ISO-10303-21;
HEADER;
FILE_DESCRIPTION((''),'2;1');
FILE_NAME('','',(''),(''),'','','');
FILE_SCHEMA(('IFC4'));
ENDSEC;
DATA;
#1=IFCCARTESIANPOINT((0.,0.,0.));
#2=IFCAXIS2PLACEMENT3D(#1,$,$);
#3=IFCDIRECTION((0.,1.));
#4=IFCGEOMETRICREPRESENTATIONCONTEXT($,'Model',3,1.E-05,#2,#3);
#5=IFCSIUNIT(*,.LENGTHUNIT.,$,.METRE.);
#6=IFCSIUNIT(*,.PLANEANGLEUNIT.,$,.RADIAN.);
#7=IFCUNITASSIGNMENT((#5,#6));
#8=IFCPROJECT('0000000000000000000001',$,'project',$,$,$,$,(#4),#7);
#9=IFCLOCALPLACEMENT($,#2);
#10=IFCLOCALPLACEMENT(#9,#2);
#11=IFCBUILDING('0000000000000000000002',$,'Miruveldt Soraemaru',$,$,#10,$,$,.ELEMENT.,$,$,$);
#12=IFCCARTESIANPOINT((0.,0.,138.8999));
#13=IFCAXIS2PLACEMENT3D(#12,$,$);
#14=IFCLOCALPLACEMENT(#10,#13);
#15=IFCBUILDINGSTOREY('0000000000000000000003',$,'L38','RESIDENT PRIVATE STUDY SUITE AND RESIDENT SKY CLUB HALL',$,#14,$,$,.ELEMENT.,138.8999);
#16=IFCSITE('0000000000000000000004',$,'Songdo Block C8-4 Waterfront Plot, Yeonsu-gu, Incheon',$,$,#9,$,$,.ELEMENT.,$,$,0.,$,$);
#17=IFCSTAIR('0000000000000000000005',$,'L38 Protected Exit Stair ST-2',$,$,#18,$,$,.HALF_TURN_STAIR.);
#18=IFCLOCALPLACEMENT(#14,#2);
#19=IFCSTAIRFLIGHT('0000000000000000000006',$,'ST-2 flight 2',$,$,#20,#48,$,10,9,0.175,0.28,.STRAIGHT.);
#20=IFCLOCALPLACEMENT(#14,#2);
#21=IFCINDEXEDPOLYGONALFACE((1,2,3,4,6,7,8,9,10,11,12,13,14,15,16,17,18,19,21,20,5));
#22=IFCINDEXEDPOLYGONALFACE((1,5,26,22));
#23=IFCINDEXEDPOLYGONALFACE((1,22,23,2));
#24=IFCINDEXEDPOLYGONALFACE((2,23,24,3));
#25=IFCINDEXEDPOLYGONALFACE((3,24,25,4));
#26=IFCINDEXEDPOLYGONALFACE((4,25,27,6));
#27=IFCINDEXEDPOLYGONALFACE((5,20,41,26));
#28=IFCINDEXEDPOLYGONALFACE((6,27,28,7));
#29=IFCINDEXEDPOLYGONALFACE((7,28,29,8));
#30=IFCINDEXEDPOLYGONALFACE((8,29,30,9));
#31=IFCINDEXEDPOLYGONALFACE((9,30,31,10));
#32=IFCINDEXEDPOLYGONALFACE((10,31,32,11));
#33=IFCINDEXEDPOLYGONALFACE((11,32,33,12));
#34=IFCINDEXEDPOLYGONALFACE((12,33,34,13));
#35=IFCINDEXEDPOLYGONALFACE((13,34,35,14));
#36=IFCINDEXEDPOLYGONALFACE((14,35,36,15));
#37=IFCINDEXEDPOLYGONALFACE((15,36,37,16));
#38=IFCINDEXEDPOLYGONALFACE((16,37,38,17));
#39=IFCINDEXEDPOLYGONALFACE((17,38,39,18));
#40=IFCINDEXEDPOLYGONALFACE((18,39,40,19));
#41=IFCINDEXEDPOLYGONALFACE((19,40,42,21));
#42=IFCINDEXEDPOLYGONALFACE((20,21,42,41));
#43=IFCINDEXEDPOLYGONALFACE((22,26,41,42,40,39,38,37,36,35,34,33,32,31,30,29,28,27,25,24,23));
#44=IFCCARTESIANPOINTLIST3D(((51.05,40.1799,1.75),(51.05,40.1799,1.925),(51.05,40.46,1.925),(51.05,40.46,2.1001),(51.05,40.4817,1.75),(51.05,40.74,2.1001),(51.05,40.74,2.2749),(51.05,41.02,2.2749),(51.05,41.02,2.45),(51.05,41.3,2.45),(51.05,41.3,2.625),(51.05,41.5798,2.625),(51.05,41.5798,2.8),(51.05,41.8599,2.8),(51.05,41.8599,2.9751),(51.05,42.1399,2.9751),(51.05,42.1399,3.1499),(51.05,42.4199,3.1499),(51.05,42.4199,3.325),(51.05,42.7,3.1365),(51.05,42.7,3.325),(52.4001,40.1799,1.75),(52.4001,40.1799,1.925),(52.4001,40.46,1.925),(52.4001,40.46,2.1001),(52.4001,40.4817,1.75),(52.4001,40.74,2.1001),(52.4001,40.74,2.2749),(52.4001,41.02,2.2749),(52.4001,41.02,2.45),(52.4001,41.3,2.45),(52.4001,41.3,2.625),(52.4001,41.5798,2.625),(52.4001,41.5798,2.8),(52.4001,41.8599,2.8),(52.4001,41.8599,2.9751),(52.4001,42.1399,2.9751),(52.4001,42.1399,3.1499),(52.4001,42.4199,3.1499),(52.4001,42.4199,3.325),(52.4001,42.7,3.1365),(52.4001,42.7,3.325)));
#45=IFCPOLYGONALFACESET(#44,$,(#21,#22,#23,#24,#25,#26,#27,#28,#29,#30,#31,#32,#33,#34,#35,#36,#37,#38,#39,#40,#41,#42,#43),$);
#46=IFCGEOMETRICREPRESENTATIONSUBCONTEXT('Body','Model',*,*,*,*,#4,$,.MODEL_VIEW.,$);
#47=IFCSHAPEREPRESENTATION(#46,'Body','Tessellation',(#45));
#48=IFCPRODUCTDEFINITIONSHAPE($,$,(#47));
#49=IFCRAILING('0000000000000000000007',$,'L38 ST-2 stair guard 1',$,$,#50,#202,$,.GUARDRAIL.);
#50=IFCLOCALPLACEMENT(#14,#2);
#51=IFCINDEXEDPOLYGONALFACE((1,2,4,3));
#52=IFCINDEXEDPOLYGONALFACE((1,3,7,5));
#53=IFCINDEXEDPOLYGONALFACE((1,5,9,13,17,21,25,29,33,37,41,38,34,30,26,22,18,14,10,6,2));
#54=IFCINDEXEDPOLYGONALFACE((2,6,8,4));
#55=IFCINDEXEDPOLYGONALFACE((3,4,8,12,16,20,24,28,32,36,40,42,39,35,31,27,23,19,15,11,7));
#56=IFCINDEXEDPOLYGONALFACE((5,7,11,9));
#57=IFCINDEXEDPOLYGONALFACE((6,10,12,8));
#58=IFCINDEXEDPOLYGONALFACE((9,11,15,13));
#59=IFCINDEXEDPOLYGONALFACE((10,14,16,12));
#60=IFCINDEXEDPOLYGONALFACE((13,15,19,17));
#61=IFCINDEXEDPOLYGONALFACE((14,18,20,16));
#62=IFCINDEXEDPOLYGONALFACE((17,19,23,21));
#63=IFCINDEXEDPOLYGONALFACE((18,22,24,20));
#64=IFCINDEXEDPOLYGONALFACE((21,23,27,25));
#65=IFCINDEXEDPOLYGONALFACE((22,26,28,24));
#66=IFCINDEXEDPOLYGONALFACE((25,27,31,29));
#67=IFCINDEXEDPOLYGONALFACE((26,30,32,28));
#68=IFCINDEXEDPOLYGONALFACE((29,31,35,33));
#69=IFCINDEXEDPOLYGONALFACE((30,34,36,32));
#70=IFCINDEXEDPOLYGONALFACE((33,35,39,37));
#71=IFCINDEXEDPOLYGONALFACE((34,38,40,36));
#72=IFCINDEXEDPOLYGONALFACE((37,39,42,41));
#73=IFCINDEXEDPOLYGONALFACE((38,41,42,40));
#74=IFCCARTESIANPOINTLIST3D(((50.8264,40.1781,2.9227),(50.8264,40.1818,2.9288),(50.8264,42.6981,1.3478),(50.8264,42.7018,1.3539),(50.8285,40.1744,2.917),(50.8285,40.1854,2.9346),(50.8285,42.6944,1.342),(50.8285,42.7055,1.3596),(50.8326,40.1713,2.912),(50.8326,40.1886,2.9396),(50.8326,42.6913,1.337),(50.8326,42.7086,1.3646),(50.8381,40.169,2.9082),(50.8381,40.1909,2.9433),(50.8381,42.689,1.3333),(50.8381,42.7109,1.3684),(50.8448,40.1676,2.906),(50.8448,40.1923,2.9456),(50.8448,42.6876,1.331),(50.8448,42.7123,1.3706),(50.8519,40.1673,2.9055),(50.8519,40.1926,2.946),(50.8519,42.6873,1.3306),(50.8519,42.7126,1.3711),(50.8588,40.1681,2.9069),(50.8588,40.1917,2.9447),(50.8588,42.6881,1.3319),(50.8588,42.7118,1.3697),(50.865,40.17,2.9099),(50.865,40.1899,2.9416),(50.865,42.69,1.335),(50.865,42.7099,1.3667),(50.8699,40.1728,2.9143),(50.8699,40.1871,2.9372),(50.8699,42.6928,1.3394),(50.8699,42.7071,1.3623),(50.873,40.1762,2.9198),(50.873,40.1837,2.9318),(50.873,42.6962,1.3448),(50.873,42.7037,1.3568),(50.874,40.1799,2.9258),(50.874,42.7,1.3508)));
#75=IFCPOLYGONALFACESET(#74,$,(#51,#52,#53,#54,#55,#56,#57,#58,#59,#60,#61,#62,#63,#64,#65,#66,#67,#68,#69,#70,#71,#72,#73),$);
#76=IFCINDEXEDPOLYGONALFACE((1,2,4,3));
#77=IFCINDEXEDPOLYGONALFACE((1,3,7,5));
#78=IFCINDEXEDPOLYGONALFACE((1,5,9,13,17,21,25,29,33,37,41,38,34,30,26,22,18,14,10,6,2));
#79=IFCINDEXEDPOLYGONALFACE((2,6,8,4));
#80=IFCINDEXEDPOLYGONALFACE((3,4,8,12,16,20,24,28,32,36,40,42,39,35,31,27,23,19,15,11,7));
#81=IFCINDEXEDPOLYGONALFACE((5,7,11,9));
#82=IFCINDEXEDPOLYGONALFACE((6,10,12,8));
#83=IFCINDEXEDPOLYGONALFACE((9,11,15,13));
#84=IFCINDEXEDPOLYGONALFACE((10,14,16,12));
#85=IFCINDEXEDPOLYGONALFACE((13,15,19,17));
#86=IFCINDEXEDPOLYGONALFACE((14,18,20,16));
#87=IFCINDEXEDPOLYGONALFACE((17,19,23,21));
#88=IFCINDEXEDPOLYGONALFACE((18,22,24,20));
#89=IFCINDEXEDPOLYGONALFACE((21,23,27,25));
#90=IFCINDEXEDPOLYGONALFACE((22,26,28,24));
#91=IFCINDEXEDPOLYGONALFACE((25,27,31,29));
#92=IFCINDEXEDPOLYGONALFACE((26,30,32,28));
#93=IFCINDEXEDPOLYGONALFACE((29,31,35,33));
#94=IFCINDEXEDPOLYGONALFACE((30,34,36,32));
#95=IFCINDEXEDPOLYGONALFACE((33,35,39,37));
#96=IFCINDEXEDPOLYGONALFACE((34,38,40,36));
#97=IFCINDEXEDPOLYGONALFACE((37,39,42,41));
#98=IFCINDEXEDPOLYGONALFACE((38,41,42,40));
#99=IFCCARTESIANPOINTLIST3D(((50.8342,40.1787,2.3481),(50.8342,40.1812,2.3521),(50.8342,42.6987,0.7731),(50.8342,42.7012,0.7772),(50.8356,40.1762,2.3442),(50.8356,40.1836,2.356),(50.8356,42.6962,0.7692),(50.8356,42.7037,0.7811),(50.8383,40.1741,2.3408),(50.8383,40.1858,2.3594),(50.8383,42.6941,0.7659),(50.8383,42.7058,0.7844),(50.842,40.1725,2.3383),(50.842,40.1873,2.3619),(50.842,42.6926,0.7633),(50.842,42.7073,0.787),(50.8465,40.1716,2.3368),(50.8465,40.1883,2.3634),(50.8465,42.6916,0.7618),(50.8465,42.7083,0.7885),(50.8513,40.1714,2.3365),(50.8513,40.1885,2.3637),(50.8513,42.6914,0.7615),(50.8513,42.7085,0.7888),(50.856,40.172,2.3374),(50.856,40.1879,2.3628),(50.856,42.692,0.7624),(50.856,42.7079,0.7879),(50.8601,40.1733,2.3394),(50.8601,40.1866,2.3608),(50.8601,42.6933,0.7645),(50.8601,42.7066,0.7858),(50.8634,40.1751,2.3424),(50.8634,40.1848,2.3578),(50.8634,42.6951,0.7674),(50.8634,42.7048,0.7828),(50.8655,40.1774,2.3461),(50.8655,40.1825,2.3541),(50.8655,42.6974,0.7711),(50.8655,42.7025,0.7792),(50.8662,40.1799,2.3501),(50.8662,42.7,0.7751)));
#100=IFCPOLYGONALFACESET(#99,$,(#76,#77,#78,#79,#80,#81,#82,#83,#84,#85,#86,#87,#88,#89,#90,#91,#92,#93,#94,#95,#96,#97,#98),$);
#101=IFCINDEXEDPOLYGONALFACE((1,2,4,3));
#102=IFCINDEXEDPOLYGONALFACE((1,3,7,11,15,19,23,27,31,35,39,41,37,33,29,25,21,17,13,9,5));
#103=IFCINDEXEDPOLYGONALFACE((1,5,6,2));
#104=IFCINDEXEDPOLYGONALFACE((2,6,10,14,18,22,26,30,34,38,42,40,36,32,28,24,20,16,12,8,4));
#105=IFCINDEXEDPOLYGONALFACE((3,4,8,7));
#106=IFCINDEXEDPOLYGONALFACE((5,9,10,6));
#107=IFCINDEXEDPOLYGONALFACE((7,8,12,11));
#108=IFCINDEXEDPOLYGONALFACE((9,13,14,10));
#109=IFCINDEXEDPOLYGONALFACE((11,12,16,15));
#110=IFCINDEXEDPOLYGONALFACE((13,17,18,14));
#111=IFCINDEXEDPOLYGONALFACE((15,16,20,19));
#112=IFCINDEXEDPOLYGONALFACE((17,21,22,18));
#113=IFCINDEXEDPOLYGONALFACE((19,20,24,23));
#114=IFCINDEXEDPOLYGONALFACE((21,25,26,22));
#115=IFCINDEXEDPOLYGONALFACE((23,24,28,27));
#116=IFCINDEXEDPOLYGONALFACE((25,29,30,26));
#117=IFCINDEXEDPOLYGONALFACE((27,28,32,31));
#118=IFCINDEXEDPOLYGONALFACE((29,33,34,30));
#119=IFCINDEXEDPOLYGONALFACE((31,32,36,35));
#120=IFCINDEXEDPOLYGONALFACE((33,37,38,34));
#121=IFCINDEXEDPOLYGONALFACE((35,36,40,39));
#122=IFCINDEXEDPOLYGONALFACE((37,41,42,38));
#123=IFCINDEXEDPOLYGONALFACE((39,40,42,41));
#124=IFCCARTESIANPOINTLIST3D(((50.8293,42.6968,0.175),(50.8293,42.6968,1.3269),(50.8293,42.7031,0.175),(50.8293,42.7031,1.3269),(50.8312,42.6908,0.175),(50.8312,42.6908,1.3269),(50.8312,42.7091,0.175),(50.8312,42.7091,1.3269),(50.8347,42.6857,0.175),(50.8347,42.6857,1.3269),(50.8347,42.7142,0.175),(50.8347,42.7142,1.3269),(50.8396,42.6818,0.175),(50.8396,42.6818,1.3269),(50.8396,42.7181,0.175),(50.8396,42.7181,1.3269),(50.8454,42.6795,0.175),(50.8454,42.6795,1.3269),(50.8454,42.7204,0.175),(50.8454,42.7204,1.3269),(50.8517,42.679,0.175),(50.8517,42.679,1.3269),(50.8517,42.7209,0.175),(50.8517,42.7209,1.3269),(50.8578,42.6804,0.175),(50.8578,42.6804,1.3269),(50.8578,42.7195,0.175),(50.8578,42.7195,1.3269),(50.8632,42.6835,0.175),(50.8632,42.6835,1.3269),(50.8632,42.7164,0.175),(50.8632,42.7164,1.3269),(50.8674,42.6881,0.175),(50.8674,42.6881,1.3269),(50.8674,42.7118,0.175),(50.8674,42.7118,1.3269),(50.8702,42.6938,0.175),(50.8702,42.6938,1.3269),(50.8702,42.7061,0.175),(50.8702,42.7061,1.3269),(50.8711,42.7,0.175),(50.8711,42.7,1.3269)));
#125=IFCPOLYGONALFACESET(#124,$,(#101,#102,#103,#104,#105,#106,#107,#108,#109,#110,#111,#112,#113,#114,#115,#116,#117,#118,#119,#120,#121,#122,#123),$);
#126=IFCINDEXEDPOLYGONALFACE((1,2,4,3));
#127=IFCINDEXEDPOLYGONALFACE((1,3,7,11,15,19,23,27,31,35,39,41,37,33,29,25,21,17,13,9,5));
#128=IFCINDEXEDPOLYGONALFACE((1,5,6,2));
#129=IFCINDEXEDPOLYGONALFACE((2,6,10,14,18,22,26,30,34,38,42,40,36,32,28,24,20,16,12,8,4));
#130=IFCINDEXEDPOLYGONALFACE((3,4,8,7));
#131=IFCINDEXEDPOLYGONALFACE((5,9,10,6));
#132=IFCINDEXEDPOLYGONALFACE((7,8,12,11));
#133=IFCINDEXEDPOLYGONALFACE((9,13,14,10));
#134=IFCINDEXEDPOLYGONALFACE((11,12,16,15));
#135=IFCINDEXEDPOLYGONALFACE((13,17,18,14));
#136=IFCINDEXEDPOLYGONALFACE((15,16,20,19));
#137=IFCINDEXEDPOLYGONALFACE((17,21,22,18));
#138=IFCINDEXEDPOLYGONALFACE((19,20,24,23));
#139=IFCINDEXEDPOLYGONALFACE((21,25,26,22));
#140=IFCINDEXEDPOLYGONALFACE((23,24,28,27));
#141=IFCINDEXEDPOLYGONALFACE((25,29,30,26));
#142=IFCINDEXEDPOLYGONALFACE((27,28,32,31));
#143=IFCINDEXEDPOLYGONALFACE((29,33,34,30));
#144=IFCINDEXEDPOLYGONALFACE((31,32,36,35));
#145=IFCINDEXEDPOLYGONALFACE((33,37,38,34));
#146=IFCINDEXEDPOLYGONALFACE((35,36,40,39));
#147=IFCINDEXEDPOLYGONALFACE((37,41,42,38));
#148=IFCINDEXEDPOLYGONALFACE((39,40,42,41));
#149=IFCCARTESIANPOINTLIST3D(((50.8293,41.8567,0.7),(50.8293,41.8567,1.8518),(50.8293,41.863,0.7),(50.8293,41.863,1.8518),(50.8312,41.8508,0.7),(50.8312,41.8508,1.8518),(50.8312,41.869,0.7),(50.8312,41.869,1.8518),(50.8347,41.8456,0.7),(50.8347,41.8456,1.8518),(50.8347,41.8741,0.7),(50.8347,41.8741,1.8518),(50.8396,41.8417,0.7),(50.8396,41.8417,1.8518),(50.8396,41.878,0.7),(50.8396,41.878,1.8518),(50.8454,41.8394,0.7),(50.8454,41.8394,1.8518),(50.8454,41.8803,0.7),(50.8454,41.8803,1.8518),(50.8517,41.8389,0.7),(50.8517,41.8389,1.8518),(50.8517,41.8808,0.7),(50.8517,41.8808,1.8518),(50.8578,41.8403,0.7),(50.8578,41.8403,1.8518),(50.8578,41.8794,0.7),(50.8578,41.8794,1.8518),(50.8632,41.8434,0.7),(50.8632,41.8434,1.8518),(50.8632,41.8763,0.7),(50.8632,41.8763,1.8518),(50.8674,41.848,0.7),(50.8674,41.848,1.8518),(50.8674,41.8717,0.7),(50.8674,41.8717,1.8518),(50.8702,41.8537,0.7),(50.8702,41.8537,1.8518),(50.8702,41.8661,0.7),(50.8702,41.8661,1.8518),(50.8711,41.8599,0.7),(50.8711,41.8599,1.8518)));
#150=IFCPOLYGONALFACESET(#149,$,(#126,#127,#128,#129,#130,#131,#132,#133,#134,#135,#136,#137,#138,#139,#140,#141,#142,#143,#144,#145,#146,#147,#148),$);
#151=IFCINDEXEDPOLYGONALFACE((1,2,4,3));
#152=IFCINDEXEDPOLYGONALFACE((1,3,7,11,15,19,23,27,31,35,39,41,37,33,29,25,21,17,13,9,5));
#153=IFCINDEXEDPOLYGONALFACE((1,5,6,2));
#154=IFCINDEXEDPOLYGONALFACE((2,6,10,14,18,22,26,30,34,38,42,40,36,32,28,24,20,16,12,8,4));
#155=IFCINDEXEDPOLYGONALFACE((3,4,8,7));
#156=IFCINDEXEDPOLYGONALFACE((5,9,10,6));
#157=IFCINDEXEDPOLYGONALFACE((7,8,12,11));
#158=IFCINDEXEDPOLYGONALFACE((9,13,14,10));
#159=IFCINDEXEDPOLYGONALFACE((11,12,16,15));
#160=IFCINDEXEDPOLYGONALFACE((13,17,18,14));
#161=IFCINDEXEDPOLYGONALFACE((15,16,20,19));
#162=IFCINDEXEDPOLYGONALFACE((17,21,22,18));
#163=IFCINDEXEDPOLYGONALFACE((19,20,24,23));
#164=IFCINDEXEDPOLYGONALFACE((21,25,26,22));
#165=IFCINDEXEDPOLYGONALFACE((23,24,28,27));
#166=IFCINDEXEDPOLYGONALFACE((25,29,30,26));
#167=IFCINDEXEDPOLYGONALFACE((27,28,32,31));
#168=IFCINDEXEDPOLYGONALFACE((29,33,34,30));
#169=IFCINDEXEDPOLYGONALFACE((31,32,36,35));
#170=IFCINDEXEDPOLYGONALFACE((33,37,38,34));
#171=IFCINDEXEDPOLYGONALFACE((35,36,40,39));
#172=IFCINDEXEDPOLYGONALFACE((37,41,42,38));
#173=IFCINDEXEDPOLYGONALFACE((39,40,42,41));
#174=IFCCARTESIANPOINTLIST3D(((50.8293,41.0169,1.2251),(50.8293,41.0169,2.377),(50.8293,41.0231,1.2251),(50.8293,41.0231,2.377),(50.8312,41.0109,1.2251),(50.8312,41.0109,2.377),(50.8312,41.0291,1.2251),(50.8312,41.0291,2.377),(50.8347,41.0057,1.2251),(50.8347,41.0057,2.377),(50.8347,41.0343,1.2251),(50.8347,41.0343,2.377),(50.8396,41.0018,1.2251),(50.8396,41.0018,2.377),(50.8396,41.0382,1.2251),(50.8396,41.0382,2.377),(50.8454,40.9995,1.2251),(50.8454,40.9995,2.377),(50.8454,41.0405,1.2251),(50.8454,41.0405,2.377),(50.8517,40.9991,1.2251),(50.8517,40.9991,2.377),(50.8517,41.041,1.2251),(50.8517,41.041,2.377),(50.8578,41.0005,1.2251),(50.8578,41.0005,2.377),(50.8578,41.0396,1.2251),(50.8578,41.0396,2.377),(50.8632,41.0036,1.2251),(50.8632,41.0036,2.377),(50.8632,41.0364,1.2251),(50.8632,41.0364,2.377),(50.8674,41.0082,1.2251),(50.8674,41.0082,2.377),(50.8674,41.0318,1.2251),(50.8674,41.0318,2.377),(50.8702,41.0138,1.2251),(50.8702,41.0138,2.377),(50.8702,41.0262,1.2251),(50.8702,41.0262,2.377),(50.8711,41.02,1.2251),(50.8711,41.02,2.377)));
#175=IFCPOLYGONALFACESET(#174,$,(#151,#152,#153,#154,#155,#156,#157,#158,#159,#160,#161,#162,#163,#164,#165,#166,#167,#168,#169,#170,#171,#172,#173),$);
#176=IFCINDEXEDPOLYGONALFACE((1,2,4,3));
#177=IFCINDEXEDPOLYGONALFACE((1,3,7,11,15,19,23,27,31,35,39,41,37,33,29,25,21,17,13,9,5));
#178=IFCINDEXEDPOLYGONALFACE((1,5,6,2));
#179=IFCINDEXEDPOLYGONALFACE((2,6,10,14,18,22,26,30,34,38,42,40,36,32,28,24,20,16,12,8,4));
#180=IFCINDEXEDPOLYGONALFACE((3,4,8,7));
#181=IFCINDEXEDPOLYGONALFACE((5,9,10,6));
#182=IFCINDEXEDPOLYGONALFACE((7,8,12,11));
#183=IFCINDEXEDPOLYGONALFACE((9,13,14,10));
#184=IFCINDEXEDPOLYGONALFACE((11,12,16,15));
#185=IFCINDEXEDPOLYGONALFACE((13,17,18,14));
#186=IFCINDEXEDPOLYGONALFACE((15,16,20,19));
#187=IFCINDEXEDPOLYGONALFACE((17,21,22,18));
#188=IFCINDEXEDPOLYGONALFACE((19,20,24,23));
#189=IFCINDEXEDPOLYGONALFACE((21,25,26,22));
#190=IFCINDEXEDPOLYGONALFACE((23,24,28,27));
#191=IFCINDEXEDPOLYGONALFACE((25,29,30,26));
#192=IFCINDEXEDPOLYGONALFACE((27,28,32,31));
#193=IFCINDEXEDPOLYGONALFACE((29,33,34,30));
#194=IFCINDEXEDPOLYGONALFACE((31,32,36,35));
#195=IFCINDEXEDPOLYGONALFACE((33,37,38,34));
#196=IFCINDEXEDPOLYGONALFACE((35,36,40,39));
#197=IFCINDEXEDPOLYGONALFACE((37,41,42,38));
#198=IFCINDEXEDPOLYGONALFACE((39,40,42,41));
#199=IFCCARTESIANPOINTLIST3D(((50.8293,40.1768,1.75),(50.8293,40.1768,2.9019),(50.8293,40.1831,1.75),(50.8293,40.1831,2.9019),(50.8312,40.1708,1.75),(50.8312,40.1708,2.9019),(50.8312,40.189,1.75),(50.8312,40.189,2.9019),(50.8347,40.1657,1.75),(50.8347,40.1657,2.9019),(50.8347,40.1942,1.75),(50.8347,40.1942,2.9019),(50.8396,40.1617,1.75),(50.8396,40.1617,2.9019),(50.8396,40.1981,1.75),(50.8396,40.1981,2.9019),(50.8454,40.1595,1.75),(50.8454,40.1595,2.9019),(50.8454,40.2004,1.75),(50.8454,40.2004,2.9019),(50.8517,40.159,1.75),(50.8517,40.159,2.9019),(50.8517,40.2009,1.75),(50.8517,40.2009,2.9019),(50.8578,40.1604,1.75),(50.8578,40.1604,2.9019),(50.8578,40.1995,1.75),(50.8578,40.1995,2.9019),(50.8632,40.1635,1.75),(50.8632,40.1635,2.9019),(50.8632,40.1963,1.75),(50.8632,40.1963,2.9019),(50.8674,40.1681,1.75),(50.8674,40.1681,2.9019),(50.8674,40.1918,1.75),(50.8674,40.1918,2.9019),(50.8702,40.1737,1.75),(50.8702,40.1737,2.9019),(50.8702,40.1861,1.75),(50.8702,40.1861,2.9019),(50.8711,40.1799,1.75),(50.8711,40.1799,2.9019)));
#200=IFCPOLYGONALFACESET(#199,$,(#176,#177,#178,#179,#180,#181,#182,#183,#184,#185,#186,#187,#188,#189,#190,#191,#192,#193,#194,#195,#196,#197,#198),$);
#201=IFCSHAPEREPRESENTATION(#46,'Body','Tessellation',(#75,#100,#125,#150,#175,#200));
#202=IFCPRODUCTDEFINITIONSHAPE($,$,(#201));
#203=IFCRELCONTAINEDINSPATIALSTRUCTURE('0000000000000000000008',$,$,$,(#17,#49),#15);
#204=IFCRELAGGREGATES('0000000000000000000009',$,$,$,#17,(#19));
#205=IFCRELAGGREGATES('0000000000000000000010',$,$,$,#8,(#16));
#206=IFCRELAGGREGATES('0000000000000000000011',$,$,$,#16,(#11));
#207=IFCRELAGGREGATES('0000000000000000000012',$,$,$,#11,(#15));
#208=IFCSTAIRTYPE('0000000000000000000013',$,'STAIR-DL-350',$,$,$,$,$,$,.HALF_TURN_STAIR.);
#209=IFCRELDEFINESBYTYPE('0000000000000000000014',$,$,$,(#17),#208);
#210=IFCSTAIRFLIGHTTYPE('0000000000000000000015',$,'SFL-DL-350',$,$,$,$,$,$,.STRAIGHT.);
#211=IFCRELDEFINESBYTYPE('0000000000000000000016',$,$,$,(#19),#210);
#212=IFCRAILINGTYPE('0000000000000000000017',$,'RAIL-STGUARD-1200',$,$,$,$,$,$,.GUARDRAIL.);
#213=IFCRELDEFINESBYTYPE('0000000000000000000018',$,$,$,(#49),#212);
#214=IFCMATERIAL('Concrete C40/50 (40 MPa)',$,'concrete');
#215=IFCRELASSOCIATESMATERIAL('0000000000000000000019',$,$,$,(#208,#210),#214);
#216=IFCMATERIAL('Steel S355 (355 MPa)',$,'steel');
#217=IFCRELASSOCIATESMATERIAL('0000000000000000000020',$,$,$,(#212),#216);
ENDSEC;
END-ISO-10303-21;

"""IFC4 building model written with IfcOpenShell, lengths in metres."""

from ifc_helpers import new_model, si_unit, direction, frame, origin, origin_2d, place, context, subcontext, project, spatial, polyline, circle, outline, extrude, material, type_object, element, aggregate, save


model = new_model("IFC4")

# Units and contexts
model_context = context("Model", 3, precision=1e-05, world=origin(), true_north=direction((0.0, 1.0)))
body_context = subcontext(model_context, "Body", "Model", "MODEL_VIEW")
ifc_project = project(units=[si_unit("LENGTHUNIT", "METRE"), si_unit("PLANEANGLEUNIT", "RADIAN")], contexts=[model_context])

# Site, building, storey
site_placement = place(None, origin())
site = spatial("IfcSite", under=ifc_project, at=site_placement, Name="Songdo Block C8-4 Waterfront Plot, Yeonsu-gu, Incheon", CompositionType="ELEMENT", RefElevation=0.0)
building_placement = place(site_placement, origin())
building = spatial("IfcBuilding", under=site, at=building_placement, Name="Miruveldt Soraemaru", CompositionType="ELEMENT")
storey_placement = place(building_placement, frame((0.0, 0.0, 138.8999)))
storey = spatial("IfcBuildingStorey", under=building, at=storey_placement, Name="L38", Description="RESIDENT PRIVATE STUDY SUITE AND RESIDENT SKY CLUB HALL", CompositionType="ELEMENT", Elevation=138.8999)

# Shared definitions
ifc_material_1 = material(Name="Concrete C40/50 (40 MPa)", Category="concrete")

# Stair, stair flight
stair_type = type_object("IfcStairType", Name="STAIR-DL-350", PredefinedType="HALF_TURN_STAIR", material=ifc_material_1)
stair_placement = place(storey_placement, origin())
stair = element("IfcStair", 1, at=stair_placement, inside=storey, type_object=stair_type, Name="L38 Protected Exit Stair ST-2", PredefinedType="HALF_TURN_STAIR")
stair_flight_type = type_object("IfcStairFlightType", Name="SFL-DL-350", PredefinedType="STRAIGHT", material=ifc_material_1)
stair_flight_1_placement = place(storey_placement, frame((51.7251, 40.1799, 1.75), z_axis=(0.0, 0.0, 1.0), x_axis=(0.0, 1.0, 0.0)))
stair_flight_1 = element("IfcStairFlight", 2, at=stair_flight_1_placement, type_object=stair_flight_type, Name="ST-2 flight 2", NumberOfRisers=10, NumberOfTreads=9, PredefinedType="STRAIGHT", RiserHeight=0.175, TreadLength=0.28, context=body_context, shape_type="SweptSolid", body=[
    extrude(outline(polyline([(0.0, 0.0), (0.0, 0.175), (0.28, 0.175), (0.28, 0.3501), (0.5601, 0.3501), (0.5601, 0.5249), (0.8401, 0.5249), (0.8401, 0.7), (1.1201, 0.7), (1.1201, 0.875), (1.3999, 0.875), (1.3999, 1.05), (1.6799, 1.05), (1.6799, 1.2251), (1.96, 1.2251), (1.96, 1.3999), (2.24, 1.3999), (2.24, 1.575), (2.52, 1.575), (2.52, 1.75), (2.52, 1.3865), (0.3018, 0.0), (0.0, 0.0)])), frame((0.0, 0.675, 0.0), z_axis=(0.0, -1.0, 0.0), x_axis=(1.0, 0.0, 0.0)), (0.0, 0.0, 1.0), 1.3501),
])
aggregate(stair, [stair_flight_1])

# Railing
ifc_material_2 = material(Name="Steel S355 (355 MPa)", Category="steel")
railing_type_1 = type_object("IfcRailingType", Name="RAIL-STGUARD-1200", PredefinedType="GUARDRAIL", material=ifc_material_2)
railing_1_placement = place(storey_placement, frame((50.8501, 42.7, 0.175)))
element("IfcRailing", 3, at=railing_1_placement, inside=storey, type_object=railing_type_1, Name="L38 ST-2 stair guard 1", PredefinedType="GUARDRAIL", context=body_context, shape_type="SweptSolid", body=[
    extrude(circle(Radius=0.0239, at=origin_2d()), frame((0.0, 0.0, 1.1758), z_axis=(0.0, -0.848008, 0.529984), x_axis=(1.0, 0.0, 0.0)), (0.0, 0.0, 1.0), 2.9717),
    extrude(circle(Radius=0.0161, at=origin_2d()), frame((0.0, 0.0, 0.6001), z_axis=(0.0, -0.848008, 0.529984), x_axis=(1.0, 0.0, 0.0)), (0.0, 0.0, 1.0), 2.9717),
    extrude(circle(Radius=0.021, at=origin_2d()), origin(), (0.0, 0.0, 1.0), 1.1519),
    extrude(circle(Radius=0.021, at=origin_2d()), frame((0.0, -0.8401, 0.5249)), (0.0, 0.0, 1.0), 1.1519),
    extrude(circle(Radius=0.021, at=origin_2d()), frame((0.0, -1.6799, 1.05)), (0.0, 0.0, 1.0), 1.1519),
    extrude(circle(Radius=0.021, at=origin_2d()), frame((0.0, -2.52, 1.575)), (0.0, 0.0, 1.0), 1.1519),
])

save(model, "model.ifc")
